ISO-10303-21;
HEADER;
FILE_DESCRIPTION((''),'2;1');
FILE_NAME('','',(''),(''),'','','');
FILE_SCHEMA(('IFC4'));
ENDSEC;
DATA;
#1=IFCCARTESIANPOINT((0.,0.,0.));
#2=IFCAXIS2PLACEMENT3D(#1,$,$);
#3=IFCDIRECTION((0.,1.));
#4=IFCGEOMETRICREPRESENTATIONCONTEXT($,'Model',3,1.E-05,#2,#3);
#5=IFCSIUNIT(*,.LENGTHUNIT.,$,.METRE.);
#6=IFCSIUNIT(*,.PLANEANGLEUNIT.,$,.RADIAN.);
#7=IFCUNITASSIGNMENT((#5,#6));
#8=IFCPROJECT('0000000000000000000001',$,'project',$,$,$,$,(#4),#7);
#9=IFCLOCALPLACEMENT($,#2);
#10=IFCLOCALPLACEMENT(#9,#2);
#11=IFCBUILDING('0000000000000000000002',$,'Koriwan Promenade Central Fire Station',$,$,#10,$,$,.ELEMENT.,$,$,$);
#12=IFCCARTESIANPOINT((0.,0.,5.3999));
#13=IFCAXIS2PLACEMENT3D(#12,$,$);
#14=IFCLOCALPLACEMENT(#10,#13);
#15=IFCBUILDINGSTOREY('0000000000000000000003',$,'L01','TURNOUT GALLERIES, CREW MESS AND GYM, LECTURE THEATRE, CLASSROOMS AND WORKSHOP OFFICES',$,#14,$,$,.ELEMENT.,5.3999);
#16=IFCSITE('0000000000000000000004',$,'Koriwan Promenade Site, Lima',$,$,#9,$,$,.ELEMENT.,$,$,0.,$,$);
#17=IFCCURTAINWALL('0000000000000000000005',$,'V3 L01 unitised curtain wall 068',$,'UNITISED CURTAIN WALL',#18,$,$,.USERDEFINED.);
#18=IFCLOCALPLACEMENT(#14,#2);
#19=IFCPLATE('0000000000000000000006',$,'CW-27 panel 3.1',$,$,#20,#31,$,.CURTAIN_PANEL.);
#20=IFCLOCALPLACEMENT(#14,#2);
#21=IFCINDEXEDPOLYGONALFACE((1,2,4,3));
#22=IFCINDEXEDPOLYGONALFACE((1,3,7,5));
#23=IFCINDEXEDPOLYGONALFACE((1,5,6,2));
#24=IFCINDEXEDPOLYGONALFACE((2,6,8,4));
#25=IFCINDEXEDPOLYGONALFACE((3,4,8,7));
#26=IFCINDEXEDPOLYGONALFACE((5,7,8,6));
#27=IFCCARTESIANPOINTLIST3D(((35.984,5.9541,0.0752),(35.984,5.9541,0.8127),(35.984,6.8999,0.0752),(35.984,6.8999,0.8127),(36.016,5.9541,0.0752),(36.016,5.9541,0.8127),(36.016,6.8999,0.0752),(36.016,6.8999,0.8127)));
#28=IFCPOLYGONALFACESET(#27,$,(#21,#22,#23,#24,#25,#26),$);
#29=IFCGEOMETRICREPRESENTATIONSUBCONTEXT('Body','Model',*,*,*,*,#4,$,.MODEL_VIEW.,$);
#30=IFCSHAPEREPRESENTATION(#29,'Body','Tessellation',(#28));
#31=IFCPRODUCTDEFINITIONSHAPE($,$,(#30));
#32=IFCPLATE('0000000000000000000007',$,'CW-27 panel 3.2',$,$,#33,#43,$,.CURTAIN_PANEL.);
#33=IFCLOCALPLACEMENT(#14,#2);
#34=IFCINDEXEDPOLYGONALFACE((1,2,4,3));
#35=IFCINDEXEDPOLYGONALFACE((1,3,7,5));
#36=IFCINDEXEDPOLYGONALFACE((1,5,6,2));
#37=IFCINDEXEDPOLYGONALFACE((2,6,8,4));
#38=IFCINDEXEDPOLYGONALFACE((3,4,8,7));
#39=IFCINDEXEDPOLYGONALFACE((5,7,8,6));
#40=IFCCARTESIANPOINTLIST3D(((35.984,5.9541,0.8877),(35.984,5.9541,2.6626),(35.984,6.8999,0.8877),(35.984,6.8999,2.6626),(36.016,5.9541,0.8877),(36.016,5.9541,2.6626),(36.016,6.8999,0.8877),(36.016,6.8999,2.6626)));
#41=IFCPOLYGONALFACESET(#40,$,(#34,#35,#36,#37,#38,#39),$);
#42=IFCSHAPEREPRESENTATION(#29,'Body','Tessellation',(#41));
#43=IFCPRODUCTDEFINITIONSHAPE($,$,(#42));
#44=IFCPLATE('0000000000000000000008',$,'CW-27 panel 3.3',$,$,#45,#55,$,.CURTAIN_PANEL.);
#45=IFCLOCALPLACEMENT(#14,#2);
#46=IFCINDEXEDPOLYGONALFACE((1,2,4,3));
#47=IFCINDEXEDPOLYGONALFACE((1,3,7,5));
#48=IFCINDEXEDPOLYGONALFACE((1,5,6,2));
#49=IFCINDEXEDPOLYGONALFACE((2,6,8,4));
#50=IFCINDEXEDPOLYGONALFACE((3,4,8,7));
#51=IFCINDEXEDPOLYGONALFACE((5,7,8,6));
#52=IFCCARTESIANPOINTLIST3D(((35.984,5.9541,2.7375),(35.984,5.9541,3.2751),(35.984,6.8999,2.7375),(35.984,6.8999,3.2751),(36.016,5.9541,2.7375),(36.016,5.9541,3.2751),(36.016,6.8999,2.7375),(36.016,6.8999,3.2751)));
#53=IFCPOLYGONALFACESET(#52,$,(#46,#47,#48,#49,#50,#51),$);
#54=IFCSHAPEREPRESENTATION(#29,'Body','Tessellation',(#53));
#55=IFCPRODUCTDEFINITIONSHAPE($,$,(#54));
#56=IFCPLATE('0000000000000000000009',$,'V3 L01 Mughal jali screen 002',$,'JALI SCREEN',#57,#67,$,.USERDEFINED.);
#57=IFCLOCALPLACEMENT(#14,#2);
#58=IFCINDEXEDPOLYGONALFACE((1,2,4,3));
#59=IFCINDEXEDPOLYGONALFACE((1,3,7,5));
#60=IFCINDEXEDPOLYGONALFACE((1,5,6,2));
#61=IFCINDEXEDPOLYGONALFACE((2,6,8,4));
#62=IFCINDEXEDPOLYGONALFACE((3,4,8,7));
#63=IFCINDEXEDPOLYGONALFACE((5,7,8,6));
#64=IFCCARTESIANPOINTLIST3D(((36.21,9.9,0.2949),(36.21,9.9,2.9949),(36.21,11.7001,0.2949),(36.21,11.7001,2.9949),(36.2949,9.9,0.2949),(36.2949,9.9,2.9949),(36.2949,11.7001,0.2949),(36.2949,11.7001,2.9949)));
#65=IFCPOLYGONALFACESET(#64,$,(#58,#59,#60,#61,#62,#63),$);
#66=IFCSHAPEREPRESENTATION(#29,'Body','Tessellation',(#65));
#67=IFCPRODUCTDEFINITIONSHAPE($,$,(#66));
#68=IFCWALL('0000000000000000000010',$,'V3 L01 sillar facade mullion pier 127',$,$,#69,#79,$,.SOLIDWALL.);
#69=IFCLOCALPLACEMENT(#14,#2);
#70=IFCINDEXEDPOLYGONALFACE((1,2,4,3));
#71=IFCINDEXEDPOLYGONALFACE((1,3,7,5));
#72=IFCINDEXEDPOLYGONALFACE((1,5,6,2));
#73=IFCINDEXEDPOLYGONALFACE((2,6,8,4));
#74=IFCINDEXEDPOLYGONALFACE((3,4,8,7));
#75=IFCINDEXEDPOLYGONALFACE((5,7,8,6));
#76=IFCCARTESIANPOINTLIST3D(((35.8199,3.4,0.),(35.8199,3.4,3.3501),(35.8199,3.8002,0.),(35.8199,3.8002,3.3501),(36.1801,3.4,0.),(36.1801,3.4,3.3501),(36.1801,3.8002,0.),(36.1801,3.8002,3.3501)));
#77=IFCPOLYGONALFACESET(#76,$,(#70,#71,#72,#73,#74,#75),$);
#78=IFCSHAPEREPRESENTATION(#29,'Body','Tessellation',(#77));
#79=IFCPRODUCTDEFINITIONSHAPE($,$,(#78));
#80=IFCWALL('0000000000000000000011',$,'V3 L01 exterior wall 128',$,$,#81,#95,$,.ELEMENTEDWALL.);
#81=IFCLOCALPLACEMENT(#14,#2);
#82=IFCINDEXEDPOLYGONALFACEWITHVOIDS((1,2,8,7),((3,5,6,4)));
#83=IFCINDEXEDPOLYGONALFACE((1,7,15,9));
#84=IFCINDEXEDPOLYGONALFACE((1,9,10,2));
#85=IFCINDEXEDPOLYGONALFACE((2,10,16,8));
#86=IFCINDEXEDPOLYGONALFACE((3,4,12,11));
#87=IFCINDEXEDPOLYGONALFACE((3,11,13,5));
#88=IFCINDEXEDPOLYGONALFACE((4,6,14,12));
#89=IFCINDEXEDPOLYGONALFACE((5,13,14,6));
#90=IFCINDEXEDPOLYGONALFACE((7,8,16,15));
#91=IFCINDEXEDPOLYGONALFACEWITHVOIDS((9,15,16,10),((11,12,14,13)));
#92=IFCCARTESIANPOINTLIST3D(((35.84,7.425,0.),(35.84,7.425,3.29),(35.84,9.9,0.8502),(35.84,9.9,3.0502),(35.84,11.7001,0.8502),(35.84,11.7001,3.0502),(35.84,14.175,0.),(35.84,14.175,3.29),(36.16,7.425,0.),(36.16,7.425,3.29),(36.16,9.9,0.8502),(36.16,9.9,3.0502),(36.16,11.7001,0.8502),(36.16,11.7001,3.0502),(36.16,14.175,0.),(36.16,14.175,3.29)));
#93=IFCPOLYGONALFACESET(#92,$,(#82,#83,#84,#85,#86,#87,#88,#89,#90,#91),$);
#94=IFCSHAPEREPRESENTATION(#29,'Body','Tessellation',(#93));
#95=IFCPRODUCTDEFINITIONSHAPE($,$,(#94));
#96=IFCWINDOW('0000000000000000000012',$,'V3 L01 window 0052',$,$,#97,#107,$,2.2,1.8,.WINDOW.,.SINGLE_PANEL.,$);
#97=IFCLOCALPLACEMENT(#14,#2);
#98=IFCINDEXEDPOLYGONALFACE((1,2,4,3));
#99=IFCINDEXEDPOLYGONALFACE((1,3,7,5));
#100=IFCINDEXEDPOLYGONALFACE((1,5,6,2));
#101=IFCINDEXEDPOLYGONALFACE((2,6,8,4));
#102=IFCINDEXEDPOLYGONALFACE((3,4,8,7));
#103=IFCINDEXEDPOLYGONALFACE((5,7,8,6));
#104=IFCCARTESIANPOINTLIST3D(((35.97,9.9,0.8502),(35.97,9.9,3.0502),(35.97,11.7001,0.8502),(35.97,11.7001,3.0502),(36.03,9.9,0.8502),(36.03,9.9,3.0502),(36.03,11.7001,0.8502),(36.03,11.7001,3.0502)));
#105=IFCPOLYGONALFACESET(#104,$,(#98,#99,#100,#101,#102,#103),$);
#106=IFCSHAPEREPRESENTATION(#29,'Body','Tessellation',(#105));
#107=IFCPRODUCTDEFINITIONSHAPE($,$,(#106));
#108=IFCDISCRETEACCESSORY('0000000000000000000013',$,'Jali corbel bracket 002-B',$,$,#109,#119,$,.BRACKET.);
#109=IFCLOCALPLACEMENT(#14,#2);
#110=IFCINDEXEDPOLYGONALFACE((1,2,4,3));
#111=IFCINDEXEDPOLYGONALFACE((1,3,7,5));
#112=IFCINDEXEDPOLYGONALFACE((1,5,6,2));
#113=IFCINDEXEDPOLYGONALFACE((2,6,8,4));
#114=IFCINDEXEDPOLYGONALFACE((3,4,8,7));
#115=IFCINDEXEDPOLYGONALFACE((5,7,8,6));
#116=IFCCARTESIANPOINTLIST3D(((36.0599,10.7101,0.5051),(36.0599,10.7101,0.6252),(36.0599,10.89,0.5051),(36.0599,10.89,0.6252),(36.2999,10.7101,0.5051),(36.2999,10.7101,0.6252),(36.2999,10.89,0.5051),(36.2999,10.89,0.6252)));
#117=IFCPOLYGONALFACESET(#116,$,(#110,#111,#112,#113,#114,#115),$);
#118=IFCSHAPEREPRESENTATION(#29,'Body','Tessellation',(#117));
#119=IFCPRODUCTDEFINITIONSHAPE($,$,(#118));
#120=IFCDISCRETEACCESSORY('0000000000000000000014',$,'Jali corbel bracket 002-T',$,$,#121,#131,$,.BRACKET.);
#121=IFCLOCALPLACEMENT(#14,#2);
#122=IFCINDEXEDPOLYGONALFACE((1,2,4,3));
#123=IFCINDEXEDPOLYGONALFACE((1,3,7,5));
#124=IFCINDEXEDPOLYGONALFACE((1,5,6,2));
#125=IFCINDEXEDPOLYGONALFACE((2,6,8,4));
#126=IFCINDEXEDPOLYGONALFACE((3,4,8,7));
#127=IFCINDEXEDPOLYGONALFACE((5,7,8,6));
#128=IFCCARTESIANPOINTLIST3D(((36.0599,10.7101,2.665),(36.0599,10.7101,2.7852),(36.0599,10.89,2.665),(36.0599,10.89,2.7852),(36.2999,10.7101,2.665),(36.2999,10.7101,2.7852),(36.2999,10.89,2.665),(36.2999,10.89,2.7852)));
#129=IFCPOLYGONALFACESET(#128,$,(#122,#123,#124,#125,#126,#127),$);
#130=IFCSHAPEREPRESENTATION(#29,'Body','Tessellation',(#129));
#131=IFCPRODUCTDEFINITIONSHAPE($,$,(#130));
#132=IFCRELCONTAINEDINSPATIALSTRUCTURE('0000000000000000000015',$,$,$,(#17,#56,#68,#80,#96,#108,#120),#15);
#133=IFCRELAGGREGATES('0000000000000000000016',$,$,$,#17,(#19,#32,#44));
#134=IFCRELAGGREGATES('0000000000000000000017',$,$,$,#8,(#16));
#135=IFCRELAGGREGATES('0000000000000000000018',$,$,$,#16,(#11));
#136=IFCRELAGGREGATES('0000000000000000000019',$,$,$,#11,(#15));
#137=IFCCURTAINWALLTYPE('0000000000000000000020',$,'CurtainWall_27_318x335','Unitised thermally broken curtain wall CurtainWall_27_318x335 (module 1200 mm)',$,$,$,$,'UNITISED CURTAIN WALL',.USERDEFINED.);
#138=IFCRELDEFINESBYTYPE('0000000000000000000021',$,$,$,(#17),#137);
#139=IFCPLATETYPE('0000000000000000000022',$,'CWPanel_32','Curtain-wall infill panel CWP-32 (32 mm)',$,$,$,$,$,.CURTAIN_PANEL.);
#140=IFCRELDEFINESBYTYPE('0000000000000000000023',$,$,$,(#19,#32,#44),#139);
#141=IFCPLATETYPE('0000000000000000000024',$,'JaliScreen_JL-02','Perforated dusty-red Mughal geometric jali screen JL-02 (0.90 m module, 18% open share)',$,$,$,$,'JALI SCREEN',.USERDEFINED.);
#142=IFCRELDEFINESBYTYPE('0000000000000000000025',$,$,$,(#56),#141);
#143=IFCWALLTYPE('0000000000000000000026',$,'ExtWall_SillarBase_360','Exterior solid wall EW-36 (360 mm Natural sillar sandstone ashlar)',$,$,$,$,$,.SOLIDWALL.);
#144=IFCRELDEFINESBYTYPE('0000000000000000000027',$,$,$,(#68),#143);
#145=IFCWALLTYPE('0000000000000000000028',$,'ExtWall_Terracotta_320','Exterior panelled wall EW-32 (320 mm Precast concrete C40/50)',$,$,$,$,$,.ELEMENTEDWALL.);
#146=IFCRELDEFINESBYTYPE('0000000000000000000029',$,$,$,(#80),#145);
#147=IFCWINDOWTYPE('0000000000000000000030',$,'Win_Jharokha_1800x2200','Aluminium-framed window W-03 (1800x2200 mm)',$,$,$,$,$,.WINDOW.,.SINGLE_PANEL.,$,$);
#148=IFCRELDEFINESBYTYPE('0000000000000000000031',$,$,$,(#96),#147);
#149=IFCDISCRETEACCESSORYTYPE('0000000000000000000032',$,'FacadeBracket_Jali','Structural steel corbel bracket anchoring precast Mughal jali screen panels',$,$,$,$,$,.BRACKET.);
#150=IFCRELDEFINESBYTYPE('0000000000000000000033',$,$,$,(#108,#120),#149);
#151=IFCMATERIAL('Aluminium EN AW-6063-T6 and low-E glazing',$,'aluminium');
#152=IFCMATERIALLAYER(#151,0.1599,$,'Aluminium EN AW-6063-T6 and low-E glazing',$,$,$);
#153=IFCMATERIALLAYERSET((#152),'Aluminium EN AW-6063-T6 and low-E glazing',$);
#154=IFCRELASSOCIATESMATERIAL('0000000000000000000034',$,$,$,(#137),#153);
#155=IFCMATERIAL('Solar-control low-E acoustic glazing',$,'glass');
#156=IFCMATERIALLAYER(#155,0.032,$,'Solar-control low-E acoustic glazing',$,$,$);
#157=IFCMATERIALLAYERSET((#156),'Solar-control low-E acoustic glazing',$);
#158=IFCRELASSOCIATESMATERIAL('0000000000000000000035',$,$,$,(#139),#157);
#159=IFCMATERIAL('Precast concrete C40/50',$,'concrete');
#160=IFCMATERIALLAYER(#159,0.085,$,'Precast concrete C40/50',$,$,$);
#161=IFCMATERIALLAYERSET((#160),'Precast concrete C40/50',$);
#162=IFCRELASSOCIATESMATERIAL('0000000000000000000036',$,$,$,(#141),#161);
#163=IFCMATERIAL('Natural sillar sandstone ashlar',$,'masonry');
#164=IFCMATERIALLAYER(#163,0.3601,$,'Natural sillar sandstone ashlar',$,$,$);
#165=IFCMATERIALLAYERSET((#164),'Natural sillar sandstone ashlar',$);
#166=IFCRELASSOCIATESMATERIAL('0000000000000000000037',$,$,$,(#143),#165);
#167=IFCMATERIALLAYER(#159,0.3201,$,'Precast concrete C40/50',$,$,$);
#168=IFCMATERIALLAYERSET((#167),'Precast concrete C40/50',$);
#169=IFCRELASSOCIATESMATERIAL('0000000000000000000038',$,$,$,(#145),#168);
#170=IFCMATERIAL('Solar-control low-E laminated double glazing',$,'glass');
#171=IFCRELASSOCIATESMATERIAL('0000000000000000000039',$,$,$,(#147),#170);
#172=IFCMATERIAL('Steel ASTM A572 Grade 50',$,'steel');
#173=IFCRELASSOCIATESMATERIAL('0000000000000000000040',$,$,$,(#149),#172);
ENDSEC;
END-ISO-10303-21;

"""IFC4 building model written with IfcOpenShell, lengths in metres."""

from ifc_helpers import new_model, si_unit, direction, frame, frame_2d, origin, origin_2d, place, context, subcontext, project, spatial, rectangle, extrude, material, layer, layer_set, type_object, element, fill, aggregate, save


model = new_model("IFC4")

# Units and contexts
model_context = context("Model", 3, precision=1e-05, world=origin(), true_north=direction((0.0, 1.0)))
body_context = subcontext(model_context, "Body", "Model", "MODEL_VIEW")
ifc_project = project(units=[si_unit("LENGTHUNIT", "METRE"), si_unit("PLANEANGLEUNIT", "RADIAN")], contexts=[model_context])

# Site, building, storey
site_placement = place(None, origin())
site = spatial("IfcSite", under=ifc_project, at=site_placement, Name="Koriwan Promenade Site, Lima", CompositionType="ELEMENT", RefElevation=0.0)
building_placement = place(site_placement, origin())
building = spatial("IfcBuilding", under=site, at=building_placement, Name="Koriwan Promenade Central Fire Station", CompositionType="ELEMENT")
storey_placement = place(building_placement, frame((0.0, 0.0, 5.3999)))
storey = spatial("IfcBuildingStorey", under=building, at=storey_placement, Name="L01", Description="TURNOUT GALLERIES, CREW MESS AND GYM, LECTURE THEATRE, CLASSROOMS AND WORKSHOP OFFICES", CompositionType="ELEMENT", Elevation=5.3999)

# Curtain wall
ifc_material_1 = material(Name="Aluminium EN AW-6063-T6 and low-E glazing", Category="aluminium")
ifc_layer_1 = layer(ifc_material_1, 0.1599, Name="Aluminium EN AW-6063-T6 and low-E glazing")
ifc_layer_set_1 = layer_set([ifc_layer_1], Name="Aluminium EN AW-6063-T6 and low-E glazing")
curtain_wall_type = type_object("IfcCurtainWallType", Name="CurtainWall_27_318x335", Description="Unitised thermally broken curtain wall CurtainWall_27_318x335 (module 1200 mm)", ElementType="UNITISED CURTAIN WALL", PredefinedType="USERDEFINED", material=ifc_layer_set_1)
curtain_wall_placement = place(storey_placement, origin())
curtain_wall = element("IfcCurtainWall", 1, at=curtain_wall_placement, inside=storey, type_object=curtain_wall_type, Name="V3 L01 unitised curtain wall 068", ObjectType="UNITISED CURTAIN WALL", PredefinedType="USERDEFINED")

# Plates
ifc_material_2 = material(Name="Solar-control low-E acoustic glazing", Category="glass")
ifc_layer_2 = layer(ifc_material_2, 0.032, Name="Solar-control low-E acoustic glazing")
ifc_layer_set_2 = layer_set([ifc_layer_2], Name="Solar-control low-E acoustic glazing")
plate_type_1 = type_object("IfcPlateType", Name="CWPanel_32", Description="Curtain-wall infill panel CWP-32 (32 mm)", PredefinedType="CURTAIN_PANEL", material=ifc_layer_set_2)
plate_1_placement = place(storey_placement, frame((36.0, 6.427, 0.0752), z_axis=(0.0, 0.0, 1.0), x_axis=(0.0, 1.0, 0.0)))
plate_1 = element("IfcPlate", 2, at=plate_1_placement, type_object=plate_type_1, Name="CW-27 panel 3.1", PredefinedType="CURTAIN_PANEL", context=body_context, shape_type="SweptSolid", body=[
    extrude(rectangle(XDim=0.9458, YDim=0.032, at=origin_2d()), origin(), (0.0, 0.0, 1.0), 0.7375),
])
plate_2_placement = place(storey_placement, frame((36.0, 6.427, 0.8877), z_axis=(0.0, 0.0, 1.0), x_axis=(0.0, 1.0, 0.0)))
plate_2 = element("IfcPlate", 3, at=plate_2_placement, type_object=plate_type_1, Name="CW-27 panel 3.2", PredefinedType="CURTAIN_PANEL", context=body_context, shape_type="SweptSolid", body=[
    extrude(rectangle(XDim=0.9458, YDim=0.032, at=origin_2d()), origin(), (0.0, 0.0, 1.0), 1.7749),
])
plate_3_placement = place(storey_placement, frame((36.0, 6.427, 2.7375), z_axis=(0.0, 0.0, 1.0), x_axis=(0.0, 1.0, 0.0)))
plate_3 = element("IfcPlate", 4, at=plate_3_placement, type_object=plate_type_1, Name="CW-27 panel 3.3", PredefinedType="CURTAIN_PANEL", context=body_context, shape_type="SweptSolid", body=[
    extrude(rectangle(XDim=0.9458, YDim=0.032, at=origin_2d()), origin(), (0.0, 0.0, 1.0), 0.5376),
])
aggregate(curtain_wall, [plate_1, plate_2, plate_3])
ifc_material_3 = material(Name="Precast concrete C40/50", Category="concrete")
ifc_layer_3 = layer(ifc_material_3, 0.085, Name="Precast concrete C40/50")
ifc_layer_set_3 = layer_set([ifc_layer_3], Name="Precast concrete C40/50")
plate_type_2 = type_object("IfcPlateType", Name="JaliScreen_JL-02", Description="Perforated dusty-red Mughal geometric jali screen JL-02 (0.90 m module, 18% open share)", ElementType="JALI SCREEN", PredefinedType="USERDEFINED", material=ifc_layer_set_3)
plate_4_placement = place(storey_placement, frame((36.2524, 10.8, 0.2949), z_axis=(0.0, 0.0, 1.0), x_axis=(0.0, 1.0, 0.0)))
element("IfcPlate", 5, at=plate_4_placement, inside=storey, type_object=plate_type_2, Name="V3 L01 Mughal jali screen 002", ObjectType="JALI SCREEN", PredefinedType="USERDEFINED", context=body_context, shape_type="SweptSolid", body=[
    extrude(rectangle(XDim=1.8, YDim=0.085, at=origin_2d()), origin(), (0.0, 0.0, 1.0), 2.7),
])

# Wall
ifc_material_4 = material(Name="Natural sillar sandstone ashlar", Category="masonry")
ifc_layer_4 = layer(ifc_material_4, 0.3601, Name="Natural sillar sandstone ashlar")
ifc_layer_set_4 = layer_set([ifc_layer_4], Name="Natural sillar sandstone ashlar")
wall_type_1 = type_object("IfcWallType", Name="ExtWall_SillarBase_360", Description="Exterior solid wall EW-36 (360 mm Natural sillar sandstone ashlar)", PredefinedType="SOLIDWALL", material=ifc_layer_set_4)
wall_1_placement = place(storey_placement, frame((36.0, 3.3999, 0.0), z_axis=(0.0, 0.0, 1.0), x_axis=(0.0, 1.0, 0.0)))
element("IfcWall", 6, at=wall_1_placement, inside=storey, type_object=wall_type_1, Name="V3 L01 sillar facade mullion pier 127", PredefinedType="SOLIDWALL", context=body_context, shape_type="SweptSolid", body=[
    extrude(rectangle(XDim=0.4001, YDim=0.3601, at=frame_2d((0.2002, 0.0))), origin(), (0.0, 0.0, 1.0), 3.3501),
])

# Wall, opening, window
ifc_layer_5 = layer(ifc_material_3, 0.3201, Name="Precast concrete C40/50")
ifc_layer_set_5 = layer_set([ifc_layer_5], Name="Precast concrete C40/50")
wall_type_2 = type_object("IfcWallType", Name="ExtWall_Terracotta_320", Description="Exterior panelled wall EW-32 (320 mm Precast concrete C40/50)", PredefinedType="ELEMENTEDWALL", material=ifc_layer_set_5)
wall_2_placement = place(storey_placement, frame((36.0, 7.425, 0.0), z_axis=(0.0, 0.0, 1.0), x_axis=(0.0, 1.0, 0.0)))
wall_2 = element("IfcWall", 7, at=wall_2_placement, inside=storey, type_object=wall_type_2, Name="V3 L01 exterior wall 128", PredefinedType="ELEMENTEDWALL", context=body_context, shape_type="SweptSolid", body=[
    extrude(rectangle(XDim=6.75, YDim=0.3201, at=frame_2d((3.375, 0.0))), origin(), (0.0, 0.0, 1.0), 3.29),
])
opening_placement = place(wall_2_placement, frame((2.4751, 0.0, 0.8501)))
opening = element("IfcOpeningElement", 8, at=opening_placement, cuts=wall_2, PredefinedType="OPENING", context=body_context, shape_type="SweptSolid", body=[
    extrude(rectangle(XDim=1.8, YDim=2.2, at=frame_2d((0.8999, 1.1001))), frame((0.0, 0.1719, 0.0), z_axis=(0.0, -1.0, 0.0), x_axis=(1.0, 0.0, 0.0)), (0.0, 0.0, 1.0), 0.344),
])
ifc_material_5 = material(Name="Solar-control low-E laminated double glazing", Category="glass")
window_type = type_object("IfcWindowType", Name="Win_Jharokha_1800x2200", Description="Aluminium-framed window W-03 (1800x2200 mm)", PartitioningType="SINGLE_PANEL", PredefinedType="WINDOW", material=ifc_material_5)
window_placement = place(opening_placement, origin())
window = element("IfcWindow", 9, at=window_placement, inside=storey, type_object=window_type, Name="V3 L01 window 0052", OverallHeight=2.2, OverallWidth=1.8, PartitioningType="SINGLE_PANEL", PredefinedType="WINDOW", context=body_context, shape_type="SweptSolid", body=[
    extrude(rectangle(XDim=1.8, YDim=2.2, at=frame_2d((0.8999, 1.1001))), frame((0.0, 0.03, 0.0), z_axis=(0.0, -1.0, 0.0), x_axis=(1.0, 0.0, 0.0)), (0.0, 0.0, 1.0), 0.0601),
])
fill(opening, window)

# Discrete accessories
ifc_material_6 = material(Name="Steel ASTM A572 Grade 50", Category="steel")
discrete_accessory_type = type_object("IfcDiscreteAccessoryType", Name="FacadeBracket_Jali", Description="Structural steel corbel bracket anchoring precast Mughal jali screen panels", PredefinedType="BRACKET", material=ifc_material_6)
for number, where, z_axis, x_axis, name in (
    (10, (36.1799, 10.8, 0.5051), (0.0, 0.0, 1.0), (1.0, 0.0, 0.0), "Jali corbel bracket 002-B"),
    (11, (36.1799, 10.8, 2.665), (0.0, 0.0, 1.0), (1.0, 0.0, 0.0), "Jali corbel bracket 002-T"),
):
    element("IfcDiscreteAccessory", number, at=place(storey_placement, frame(where, z_axis=z_axis, x_axis=x_axis)), inside=storey, type_object=discrete_accessory_type, Name=name, PredefinedType="BRACKET", context=body_context, shape_type="SweptSolid", body=[
        extrude(rectangle(XDim=0.24, YDim=0.1799, at=origin_2d()), origin(), (0.0, 0.0, 1.0), 0.1201),
    ])

save(model, "model.ifc")
